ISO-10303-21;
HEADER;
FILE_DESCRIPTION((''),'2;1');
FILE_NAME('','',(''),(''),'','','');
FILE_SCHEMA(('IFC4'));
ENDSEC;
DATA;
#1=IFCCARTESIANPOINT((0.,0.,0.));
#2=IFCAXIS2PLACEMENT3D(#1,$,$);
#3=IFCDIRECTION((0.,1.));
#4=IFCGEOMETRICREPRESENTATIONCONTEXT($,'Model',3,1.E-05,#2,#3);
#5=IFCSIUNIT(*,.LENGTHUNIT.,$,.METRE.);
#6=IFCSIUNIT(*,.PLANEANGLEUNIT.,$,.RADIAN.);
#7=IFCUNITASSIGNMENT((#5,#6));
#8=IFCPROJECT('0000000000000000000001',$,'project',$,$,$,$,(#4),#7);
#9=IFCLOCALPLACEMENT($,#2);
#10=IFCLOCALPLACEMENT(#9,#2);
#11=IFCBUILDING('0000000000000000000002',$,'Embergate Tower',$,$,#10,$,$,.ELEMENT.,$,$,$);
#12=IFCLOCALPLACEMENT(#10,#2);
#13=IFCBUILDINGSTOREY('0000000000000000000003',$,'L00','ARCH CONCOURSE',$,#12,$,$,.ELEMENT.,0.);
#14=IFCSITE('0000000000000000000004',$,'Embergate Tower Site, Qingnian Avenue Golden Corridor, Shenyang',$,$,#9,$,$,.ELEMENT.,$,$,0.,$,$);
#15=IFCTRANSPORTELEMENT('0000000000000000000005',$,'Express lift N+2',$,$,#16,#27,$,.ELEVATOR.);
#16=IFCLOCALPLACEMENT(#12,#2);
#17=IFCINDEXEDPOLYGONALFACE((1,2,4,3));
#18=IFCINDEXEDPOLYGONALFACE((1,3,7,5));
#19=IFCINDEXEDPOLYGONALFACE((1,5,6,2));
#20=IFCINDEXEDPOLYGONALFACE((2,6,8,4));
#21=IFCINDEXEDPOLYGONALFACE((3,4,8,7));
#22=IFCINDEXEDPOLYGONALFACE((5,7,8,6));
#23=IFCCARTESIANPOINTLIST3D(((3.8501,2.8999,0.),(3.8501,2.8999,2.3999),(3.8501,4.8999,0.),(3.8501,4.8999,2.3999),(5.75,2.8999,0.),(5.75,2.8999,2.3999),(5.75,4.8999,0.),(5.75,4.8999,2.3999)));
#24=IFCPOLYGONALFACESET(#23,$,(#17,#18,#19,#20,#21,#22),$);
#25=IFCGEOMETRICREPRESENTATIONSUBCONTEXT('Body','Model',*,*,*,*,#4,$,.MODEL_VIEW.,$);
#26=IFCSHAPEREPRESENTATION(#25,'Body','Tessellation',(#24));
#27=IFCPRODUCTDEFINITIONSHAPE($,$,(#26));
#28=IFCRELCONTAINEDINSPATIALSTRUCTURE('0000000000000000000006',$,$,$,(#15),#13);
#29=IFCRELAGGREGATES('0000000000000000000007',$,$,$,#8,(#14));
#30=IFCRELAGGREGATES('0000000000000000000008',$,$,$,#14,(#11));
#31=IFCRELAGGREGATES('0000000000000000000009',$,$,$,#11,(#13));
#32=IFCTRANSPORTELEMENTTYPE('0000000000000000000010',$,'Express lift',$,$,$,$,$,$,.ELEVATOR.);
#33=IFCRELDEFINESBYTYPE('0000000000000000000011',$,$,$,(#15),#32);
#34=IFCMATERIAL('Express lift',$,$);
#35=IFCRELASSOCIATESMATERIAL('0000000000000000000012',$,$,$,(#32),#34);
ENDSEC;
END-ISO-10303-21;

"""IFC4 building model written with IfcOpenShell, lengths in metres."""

from ifc_helpers import new_model, si_unit, direction, frame, origin, origin_2d, place, context, subcontext, project, spatial, rectangle, extrude, source, transform, mapped, material, type_object, element, save


model = new_model("IFC4")

# Units and contexts
model_context = context("Model", 3, precision=1e-05, world=origin(), true_north=direction((0.0, 1.0)))
body_context = subcontext(model_context, "Body", "Model", "MODEL_VIEW")
ifc_project = project(units=[si_unit("LENGTHUNIT", "METRE"), si_unit("PLANEANGLEUNIT", "RADIAN")], contexts=[model_context])

# Site, building, storey
site_placement = place(None, origin())
site = spatial("IfcSite", under=ifc_project, at=site_placement, Name="Embergate Tower Site, Qingnian Avenue Golden Corridor, Shenyang", CompositionType="ELEMENT", RefElevation=0.0)
building_placement = place(site_placement, origin())
building = spatial("IfcBuilding", under=site, at=building_placement, Name="Embergate Tower", CompositionType="ELEMENT")
storey_placement = place(building_placement, origin())
storey = spatial("IfcBuildingStorey", under=building, at=storey_placement, Name="L00", Description="ARCH CONCOURSE", CompositionType="ELEMENT", Elevation=0.0)

# Transport element
ifc_material_1 = material(Name="Express lift")
transport_element_type_1 = type_object("IfcTransportElementType", Name="Express lift", PredefinedType="ELEVATOR", material=ifc_material_1)
shared_shape_1 = source(origin(), body_context, "Body", "SweptSolid", [
    extrude(rectangle(XDim=1.8999, YDim=2.0, at=origin_2d()), origin(), (0.0, 0.0, 1.0), 2.3999),
])
transport_element_placement = place(storey_placement, frame((4.8, 3.8999, 0.0), z_axis=(0.0, 0.0, 1.0), x_axis=(1.0, 0.0, 0.0)))
element("IfcTransportElement", 1, at=transport_element_placement, inside=storey, type_object=transport_element_type_1, Name="Express lift N+2", PredefinedType="ELEVATOR", context=body_context, shape_type="MappedRepresentation", body=[
    mapped(shared_shape_1, transform((0.0, 0.0, 0.0))),
])

save(model, "model.ifc")
